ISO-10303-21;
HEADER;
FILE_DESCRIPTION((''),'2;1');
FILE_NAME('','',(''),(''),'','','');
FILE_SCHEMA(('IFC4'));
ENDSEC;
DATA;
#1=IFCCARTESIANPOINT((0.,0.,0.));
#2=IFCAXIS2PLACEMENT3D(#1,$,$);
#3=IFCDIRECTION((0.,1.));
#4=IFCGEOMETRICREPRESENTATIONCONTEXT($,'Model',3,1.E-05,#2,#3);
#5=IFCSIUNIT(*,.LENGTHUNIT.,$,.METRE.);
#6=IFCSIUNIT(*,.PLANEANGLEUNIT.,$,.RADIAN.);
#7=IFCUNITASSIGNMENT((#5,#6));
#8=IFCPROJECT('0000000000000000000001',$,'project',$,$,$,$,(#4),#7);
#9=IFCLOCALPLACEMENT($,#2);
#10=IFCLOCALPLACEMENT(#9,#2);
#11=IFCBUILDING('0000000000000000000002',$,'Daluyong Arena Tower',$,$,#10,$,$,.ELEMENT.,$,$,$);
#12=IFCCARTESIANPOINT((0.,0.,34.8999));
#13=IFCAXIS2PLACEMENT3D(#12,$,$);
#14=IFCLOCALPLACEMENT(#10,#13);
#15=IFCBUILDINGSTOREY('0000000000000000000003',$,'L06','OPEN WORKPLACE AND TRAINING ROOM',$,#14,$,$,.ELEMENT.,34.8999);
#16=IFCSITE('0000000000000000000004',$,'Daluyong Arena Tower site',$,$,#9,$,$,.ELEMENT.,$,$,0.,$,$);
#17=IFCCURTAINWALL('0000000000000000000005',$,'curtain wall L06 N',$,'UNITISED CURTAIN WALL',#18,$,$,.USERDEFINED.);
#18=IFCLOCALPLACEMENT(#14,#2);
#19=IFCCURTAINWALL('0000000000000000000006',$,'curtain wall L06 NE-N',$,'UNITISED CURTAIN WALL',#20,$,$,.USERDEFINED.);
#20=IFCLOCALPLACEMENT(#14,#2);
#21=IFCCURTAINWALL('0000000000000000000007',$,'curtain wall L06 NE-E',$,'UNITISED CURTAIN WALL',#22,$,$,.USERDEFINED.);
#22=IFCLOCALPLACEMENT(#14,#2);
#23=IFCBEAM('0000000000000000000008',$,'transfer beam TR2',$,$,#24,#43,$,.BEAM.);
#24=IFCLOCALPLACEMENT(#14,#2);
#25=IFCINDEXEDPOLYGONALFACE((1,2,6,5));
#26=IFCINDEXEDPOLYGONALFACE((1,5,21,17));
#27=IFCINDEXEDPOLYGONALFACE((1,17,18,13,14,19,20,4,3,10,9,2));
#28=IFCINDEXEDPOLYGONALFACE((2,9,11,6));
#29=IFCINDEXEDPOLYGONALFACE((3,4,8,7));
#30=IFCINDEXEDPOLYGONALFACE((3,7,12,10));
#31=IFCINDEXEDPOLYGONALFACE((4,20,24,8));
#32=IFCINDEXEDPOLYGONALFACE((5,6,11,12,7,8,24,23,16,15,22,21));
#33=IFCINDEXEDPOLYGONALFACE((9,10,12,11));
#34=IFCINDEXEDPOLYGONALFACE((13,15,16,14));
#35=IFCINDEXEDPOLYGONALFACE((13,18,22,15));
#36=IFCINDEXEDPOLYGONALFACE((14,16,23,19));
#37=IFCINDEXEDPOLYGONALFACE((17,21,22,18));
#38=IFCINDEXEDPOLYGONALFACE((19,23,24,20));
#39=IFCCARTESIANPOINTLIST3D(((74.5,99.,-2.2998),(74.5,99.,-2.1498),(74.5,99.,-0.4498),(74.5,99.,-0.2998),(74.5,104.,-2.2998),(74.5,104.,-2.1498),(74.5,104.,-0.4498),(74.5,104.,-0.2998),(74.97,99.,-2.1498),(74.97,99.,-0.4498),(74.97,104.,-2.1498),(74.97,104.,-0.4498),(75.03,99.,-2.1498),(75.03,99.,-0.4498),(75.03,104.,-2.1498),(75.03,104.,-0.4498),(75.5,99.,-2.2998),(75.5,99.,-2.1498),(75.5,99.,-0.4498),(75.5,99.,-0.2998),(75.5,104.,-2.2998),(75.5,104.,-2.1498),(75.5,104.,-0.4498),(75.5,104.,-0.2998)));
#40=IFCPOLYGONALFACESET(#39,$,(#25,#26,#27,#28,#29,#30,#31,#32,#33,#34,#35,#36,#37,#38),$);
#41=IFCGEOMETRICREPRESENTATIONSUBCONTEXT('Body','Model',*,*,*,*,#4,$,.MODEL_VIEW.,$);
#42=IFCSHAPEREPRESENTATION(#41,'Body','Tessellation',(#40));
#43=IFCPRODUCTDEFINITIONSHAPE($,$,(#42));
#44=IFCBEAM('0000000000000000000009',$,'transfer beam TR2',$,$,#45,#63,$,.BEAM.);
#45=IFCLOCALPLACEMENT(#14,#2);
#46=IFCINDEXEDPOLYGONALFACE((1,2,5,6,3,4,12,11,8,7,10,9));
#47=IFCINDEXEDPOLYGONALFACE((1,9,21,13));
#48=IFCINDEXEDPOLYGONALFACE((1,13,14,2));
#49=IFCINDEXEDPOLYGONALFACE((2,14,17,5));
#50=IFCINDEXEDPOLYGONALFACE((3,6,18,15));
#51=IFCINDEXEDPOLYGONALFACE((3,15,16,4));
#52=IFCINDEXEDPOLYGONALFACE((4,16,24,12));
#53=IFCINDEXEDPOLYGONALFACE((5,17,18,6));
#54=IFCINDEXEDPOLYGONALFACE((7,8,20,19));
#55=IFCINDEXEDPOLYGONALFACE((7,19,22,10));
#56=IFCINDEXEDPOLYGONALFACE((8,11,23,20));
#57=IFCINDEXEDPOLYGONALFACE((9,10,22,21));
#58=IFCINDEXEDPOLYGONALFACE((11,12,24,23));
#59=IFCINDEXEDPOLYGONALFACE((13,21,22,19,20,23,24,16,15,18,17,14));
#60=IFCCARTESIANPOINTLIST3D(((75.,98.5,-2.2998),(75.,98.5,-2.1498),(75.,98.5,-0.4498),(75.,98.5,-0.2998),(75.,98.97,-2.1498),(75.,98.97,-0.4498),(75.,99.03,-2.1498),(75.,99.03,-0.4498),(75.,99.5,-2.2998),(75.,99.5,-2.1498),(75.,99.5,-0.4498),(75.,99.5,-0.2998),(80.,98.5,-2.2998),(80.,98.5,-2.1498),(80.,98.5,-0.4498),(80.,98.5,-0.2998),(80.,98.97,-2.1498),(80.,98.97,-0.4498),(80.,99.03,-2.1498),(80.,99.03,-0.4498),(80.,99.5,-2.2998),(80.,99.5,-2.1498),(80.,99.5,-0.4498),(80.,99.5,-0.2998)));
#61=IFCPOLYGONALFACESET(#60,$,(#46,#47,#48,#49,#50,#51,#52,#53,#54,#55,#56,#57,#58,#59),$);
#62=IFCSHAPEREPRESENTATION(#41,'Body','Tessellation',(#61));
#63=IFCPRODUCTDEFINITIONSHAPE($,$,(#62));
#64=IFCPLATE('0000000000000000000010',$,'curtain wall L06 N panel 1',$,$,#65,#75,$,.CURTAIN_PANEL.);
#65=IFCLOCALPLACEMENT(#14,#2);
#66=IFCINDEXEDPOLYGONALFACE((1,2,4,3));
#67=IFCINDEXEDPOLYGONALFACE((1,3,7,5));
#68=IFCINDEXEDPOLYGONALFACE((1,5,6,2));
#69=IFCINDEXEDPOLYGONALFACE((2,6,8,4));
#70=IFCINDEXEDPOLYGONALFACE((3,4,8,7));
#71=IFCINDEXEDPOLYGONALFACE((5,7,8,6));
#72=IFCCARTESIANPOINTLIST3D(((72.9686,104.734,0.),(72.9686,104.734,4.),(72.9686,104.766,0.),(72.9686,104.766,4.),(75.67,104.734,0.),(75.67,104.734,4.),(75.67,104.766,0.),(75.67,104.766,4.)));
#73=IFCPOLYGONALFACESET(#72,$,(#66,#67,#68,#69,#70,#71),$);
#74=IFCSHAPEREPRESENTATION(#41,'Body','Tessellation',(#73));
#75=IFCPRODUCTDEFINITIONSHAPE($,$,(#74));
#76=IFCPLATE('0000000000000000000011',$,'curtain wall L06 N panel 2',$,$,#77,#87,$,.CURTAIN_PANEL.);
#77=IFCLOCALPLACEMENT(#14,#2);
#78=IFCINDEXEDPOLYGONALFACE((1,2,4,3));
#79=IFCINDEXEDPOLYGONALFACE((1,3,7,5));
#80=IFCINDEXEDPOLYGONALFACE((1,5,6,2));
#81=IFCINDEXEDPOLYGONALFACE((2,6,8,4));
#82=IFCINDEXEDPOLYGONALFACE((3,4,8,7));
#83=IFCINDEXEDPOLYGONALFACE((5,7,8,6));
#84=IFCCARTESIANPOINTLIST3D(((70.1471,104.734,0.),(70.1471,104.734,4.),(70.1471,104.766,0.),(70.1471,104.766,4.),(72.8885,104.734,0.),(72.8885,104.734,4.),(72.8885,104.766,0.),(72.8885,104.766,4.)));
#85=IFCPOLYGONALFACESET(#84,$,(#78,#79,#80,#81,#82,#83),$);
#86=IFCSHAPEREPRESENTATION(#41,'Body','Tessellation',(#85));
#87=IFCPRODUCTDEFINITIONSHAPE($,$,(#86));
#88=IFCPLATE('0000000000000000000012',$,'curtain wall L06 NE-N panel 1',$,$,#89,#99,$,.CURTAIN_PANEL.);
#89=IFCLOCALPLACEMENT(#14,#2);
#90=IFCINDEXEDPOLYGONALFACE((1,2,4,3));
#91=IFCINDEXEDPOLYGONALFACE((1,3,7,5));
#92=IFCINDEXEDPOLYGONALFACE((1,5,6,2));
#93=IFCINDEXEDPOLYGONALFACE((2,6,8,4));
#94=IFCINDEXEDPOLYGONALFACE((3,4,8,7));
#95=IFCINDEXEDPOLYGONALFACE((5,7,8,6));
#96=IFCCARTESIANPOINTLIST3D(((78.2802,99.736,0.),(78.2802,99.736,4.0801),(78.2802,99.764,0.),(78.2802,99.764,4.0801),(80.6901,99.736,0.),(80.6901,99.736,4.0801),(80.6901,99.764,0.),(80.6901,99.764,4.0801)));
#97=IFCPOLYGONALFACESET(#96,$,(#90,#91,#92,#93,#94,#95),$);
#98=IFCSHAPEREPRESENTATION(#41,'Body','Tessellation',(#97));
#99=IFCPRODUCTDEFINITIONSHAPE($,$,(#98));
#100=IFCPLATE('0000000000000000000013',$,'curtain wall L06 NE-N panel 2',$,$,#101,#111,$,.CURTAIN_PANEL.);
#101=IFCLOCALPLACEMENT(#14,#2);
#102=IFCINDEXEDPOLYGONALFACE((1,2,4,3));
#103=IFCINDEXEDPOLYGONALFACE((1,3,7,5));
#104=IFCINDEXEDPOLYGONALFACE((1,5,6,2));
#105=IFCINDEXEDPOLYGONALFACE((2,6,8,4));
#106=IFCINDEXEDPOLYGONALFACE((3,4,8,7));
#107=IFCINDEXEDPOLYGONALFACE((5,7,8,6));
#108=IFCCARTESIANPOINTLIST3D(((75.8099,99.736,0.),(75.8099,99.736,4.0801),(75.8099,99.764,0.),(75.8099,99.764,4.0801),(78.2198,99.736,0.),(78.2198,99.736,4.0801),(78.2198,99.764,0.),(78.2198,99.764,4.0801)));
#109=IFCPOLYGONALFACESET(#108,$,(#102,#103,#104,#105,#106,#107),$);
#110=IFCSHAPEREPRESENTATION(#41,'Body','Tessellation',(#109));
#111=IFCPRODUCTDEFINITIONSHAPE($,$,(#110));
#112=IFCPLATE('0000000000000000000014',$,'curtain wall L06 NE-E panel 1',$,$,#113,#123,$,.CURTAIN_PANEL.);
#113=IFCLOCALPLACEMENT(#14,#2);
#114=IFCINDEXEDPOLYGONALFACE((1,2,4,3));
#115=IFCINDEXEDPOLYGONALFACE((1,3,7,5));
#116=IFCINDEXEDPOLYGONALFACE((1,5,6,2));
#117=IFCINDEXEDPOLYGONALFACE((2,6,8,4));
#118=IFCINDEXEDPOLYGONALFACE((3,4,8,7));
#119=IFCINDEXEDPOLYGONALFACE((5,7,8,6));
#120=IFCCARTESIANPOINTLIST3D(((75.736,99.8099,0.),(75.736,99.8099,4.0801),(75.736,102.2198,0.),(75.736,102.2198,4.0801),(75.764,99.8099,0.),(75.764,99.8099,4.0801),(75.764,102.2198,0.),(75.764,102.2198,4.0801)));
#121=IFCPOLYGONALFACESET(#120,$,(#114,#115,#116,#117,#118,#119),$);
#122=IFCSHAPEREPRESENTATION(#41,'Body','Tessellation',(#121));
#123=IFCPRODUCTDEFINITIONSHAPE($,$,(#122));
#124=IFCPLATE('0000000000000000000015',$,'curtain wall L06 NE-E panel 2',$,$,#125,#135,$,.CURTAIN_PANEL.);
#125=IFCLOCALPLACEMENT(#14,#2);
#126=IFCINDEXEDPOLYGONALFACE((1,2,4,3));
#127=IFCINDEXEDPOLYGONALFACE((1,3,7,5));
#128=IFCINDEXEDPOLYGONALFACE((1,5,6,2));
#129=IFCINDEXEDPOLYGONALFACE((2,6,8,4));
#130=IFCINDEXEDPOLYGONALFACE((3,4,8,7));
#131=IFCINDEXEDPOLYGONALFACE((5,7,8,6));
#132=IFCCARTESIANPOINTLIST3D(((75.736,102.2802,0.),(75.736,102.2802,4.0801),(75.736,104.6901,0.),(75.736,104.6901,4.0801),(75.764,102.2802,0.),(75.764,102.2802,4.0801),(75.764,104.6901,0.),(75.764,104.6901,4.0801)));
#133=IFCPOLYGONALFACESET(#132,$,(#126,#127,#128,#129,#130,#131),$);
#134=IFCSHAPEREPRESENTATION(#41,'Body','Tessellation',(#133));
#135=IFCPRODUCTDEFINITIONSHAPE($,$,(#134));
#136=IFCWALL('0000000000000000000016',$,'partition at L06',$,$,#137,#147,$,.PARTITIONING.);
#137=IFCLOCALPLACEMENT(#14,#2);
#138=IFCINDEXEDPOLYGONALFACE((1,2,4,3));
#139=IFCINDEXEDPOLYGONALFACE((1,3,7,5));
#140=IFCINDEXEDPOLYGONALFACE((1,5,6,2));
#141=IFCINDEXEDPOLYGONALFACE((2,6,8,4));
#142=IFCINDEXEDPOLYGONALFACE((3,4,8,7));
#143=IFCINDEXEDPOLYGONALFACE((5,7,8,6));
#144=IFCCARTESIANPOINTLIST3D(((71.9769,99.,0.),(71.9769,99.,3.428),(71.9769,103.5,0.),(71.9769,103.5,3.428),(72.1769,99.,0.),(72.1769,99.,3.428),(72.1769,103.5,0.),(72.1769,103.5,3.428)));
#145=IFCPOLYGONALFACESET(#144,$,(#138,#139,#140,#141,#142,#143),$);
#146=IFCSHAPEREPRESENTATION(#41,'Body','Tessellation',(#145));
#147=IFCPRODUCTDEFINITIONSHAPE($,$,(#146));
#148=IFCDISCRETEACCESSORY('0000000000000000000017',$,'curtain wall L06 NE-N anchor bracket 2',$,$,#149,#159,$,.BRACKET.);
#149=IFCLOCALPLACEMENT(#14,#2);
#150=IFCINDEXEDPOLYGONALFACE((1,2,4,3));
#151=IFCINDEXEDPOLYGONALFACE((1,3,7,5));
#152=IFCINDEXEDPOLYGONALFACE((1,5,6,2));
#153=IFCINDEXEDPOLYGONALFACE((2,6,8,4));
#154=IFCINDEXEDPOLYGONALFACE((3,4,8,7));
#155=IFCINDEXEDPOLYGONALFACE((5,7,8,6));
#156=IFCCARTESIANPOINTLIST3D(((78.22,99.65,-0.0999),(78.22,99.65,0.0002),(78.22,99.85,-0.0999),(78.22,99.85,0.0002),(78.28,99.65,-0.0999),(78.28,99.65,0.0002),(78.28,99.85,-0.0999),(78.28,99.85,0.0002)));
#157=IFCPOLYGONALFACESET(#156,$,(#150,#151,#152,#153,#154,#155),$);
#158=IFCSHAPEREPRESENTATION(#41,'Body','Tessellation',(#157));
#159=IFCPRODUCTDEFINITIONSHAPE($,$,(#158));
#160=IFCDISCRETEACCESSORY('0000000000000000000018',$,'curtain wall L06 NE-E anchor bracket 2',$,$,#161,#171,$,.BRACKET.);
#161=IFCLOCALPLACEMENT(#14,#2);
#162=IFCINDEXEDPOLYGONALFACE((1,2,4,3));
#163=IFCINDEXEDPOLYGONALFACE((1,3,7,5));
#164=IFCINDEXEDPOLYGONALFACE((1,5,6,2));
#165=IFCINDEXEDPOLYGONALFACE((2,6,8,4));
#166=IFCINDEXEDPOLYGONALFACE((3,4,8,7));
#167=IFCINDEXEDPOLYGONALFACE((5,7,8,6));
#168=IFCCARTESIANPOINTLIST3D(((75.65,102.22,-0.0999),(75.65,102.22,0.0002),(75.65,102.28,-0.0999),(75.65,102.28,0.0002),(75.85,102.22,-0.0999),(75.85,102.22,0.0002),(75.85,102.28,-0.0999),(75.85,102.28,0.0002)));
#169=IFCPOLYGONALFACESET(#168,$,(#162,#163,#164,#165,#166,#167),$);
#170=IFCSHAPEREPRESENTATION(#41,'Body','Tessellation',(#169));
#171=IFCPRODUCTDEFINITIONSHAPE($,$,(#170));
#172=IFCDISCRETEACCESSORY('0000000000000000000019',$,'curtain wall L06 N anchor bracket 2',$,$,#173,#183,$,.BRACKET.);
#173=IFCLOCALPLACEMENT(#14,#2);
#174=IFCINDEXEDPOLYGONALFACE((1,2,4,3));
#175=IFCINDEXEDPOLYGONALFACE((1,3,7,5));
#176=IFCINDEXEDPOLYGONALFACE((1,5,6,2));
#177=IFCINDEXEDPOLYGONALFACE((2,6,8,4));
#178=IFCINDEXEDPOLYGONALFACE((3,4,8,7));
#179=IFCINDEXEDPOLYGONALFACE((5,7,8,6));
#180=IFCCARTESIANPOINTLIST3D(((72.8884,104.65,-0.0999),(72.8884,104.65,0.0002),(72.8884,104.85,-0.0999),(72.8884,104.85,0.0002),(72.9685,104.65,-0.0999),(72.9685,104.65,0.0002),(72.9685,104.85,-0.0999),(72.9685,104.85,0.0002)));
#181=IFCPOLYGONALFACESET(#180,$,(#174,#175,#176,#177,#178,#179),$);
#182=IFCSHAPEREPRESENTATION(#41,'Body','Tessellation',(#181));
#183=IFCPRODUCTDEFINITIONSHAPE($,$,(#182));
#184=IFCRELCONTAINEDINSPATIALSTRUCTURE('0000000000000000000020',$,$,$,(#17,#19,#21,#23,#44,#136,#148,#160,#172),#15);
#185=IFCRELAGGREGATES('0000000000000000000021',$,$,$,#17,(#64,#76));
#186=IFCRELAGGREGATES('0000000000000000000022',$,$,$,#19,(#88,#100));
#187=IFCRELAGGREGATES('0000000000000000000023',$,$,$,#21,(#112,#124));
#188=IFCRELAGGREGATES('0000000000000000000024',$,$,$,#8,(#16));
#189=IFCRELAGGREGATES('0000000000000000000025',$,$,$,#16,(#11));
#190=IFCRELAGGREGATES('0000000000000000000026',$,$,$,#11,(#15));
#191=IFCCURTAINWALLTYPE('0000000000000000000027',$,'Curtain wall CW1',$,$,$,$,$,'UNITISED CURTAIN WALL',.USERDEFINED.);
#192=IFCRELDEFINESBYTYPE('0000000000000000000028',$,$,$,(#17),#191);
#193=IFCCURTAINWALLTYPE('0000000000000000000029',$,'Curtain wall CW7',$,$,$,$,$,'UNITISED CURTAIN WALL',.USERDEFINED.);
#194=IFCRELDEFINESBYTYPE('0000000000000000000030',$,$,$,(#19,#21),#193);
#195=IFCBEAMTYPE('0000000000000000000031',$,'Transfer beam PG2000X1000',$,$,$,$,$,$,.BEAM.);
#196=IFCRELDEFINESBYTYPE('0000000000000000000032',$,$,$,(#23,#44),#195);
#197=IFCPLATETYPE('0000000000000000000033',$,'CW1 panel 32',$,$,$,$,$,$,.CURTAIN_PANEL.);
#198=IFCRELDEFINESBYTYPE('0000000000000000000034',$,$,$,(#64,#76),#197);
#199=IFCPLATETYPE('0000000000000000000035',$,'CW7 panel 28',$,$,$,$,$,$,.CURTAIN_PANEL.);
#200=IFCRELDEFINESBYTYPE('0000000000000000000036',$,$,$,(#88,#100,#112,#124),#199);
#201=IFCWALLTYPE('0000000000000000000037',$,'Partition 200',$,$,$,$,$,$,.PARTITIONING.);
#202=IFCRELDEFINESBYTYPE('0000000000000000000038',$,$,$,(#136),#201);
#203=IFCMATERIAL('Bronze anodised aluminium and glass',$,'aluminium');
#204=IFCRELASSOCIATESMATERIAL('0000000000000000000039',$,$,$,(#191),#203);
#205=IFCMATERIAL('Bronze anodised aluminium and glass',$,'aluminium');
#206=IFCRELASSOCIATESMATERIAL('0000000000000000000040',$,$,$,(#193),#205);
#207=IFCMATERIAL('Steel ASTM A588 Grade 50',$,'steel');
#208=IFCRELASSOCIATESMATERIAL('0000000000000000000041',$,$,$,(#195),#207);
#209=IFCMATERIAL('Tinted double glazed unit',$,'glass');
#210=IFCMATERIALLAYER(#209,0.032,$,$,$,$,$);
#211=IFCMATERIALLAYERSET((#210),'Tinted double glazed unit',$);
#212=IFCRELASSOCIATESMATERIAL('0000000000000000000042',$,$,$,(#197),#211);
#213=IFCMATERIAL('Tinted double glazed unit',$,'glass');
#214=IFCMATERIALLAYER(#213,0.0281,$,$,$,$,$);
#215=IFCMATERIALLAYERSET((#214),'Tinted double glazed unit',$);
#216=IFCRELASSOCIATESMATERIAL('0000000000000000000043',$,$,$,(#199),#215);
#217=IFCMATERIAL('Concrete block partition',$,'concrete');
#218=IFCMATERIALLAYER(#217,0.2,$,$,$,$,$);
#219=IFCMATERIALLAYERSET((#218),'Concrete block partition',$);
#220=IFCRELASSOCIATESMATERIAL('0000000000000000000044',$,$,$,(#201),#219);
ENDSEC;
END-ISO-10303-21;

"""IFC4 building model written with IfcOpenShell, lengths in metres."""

from ifc_helpers import new_model, si_unit, direction, frame, frame_2d, origin, origin_2d, place, context, subcontext, project, spatial, rectangle, i_section, extrude, material, layer, layer_set, material_profile, profile_set, type_object, element, aggregate, save


model = new_model("IFC4")

# Units and contexts
model_context = context("Model", 3, precision=1e-05, world=origin(), true_north=direction((0.0, 1.0)))
body_context = subcontext(model_context, "Body", "Model", "MODEL_VIEW")
ifc_project = project(units=[si_unit("LENGTHUNIT", "METRE"), si_unit("PLANEANGLEUNIT", "RADIAN")], contexts=[model_context])

# Site, building, storey
site_placement = place(None, origin())
site = spatial("IfcSite", under=ifc_project, at=site_placement, Name="Daluyong Arena Tower site", CompositionType="ELEMENT", RefElevation=0.0)
building_placement = place(site_placement, origin())
building = spatial("IfcBuilding", under=site, at=building_placement, Name="Daluyong Arena Tower", CompositionType="ELEMENT")
storey_placement = place(building_placement, frame((0.0, 0.0, 34.8999)))
storey = spatial("IfcBuildingStorey", under=building, at=storey_placement, Name="L06", Description="OPEN WORKPLACE AND TRAINING ROOM", CompositionType="ELEMENT", Elevation=34.8999)

# Shared definitions
ifc_material_1 = material(Name="Bronze anodised aluminium and glass", Category="aluminium")
curtain_wall_type_1 = type_object("IfcCurtainWallType", Name="Curtain wall CW1", ElementType="UNITISED CURTAIN WALL", PredefinedType="USERDEFINED", material=ifc_material_1)

# Curtain walls
curtain_wall_1_placement = place(storey_placement, origin())
curtain_wall_1 = element("IfcCurtainWall", 1, at=curtain_wall_1_placement, inside=storey, type_object=curtain_wall_type_1, Name="curtain wall L06 N", ObjectType="UNITISED CURTAIN WALL", PredefinedType="USERDEFINED")
ifc_material_2 = material(Name="Bronze anodised aluminium and glass", Category="aluminium")
curtain_wall_type_2 = type_object("IfcCurtainWallType", Name="Curtain wall CW7", ElementType="UNITISED CURTAIN WALL", PredefinedType="USERDEFINED", material=ifc_material_2)
curtain_wall_2_placement = place(storey_placement, origin())
curtain_wall_2 = element("IfcCurtainWall", 2, at=curtain_wall_2_placement, inside=storey, type_object=curtain_wall_type_2, Name="curtain wall L06 NE-N", ObjectType="UNITISED CURTAIN WALL", PredefinedType="USERDEFINED")
curtain_wall_3_placement = place(storey_placement, origin())
curtain_wall_3 = element("IfcCurtainWall", 3, at=curtain_wall_3_placement, inside=storey, type_object=curtain_wall_type_2, Name="curtain wall L06 NE-E", ObjectType="UNITISED CURTAIN WALL", PredefinedType="USERDEFINED")

# Beams
ifc_material_3 = material(Name="Steel ASTM A588 Grade 50", Category="steel")
ifc_material_profile_1 = material_profile(ifc_material_3, i_section(OverallWidth=1.0, OverallDepth=2.0, WebThickness=0.06, FlangeThickness=0.15, at=origin_2d()))
ifc_profile_set_1 = profile_set([ifc_material_profile_1], Name="Steel ASTM A588 Grade 50")
beam_type_1 = type_object("IfcBeamType", Name="Transfer beam PG2000X1000", PredefinedType="BEAM", material=ifc_profile_set_1)
for number, where, z_axis, x_axis, name in (
    (4, (75.0, 104.0, -1.2998), (0.0, -1.0, 0.0), (1.0, 0.0, 0.0), "transfer beam TR2"),
    (5, (80.0, 99.0, -1.2998), (-1.0, 0.0, 0.0), (0.0, -1.0, 0.0), "transfer beam TR2"),
):
    element("IfcBeam", number, at=place(storey_placement, frame(where, z_axis=z_axis, x_axis=x_axis)), inside=storey, type_object=beam_type_1, Name=name, PredefinedType="BEAM", context=body_context, shape_type="SweptSolid", body=[
        extrude(i_section(OverallWidth=1.0, OverallDepth=2.0, WebThickness=0.06, FlangeThickness=0.15, at=origin_2d()), origin(), (0.0, 0.0, 1.0), 5.0),
    ])

# Plates
ifc_material_4 = material(Name="Tinted double glazed unit", Category="glass")
ifc_layer_1 = layer(ifc_material_4, 0.032)
ifc_layer_set_1 = layer_set([ifc_layer_1], Name="Tinted double glazed unit")
plate_type_1 = type_object("IfcPlateType", Name="CW1 panel 32", PredefinedType="CURTAIN_PANEL", material=ifc_layer_set_1)
plate_1_placement = place(storey_placement, frame((74.3193, 104.75, 0.0), z_axis=(0.0, 0.0, 1.0), x_axis=(-1.0, 0.0, 0.0)))
plate_1 = element("IfcPlate", 6, at=plate_1_placement, type_object=plate_type_1, Name="curtain wall L06 N panel 1", PredefinedType="CURTAIN_PANEL", context=body_context, shape_type="SweptSolid", body=[
    extrude(rectangle(XDim=2.7014, YDim=0.032, at=origin_2d()), origin(), (0.0, 0.0, 1.0), 4.0),
])
plate_2_placement = place(storey_placement, frame((71.5178, 104.75, 0.0), z_axis=(0.0, 0.0, 1.0), x_axis=(-1.0, 0.0, 0.0)))
plate_2 = element("IfcPlate", 7, at=plate_2_placement, type_object=plate_type_1, Name="curtain wall L06 N panel 2", PredefinedType="CURTAIN_PANEL", context=body_context, shape_type="SweptSolid", body=[
    extrude(rectangle(XDim=2.7415, YDim=0.032, at=origin_2d()), origin(), (0.0, 0.0, 1.0), 4.0),
])
aggregate(curtain_wall_1, [plate_1, plate_2])
ifc_material_5 = material(Name="Tinted double glazed unit", Category="glass")
ifc_layer_2 = layer(ifc_material_5, 0.0281)
ifc_layer_set_2 = layer_set([ifc_layer_2], Name="Tinted double glazed unit")
plate_type_2 = type_object("IfcPlateType", Name="CW7 panel 28", PredefinedType="CURTAIN_PANEL", material=ifc_layer_set_2)
plate_3_placement = place(storey_placement, frame((79.4851, 99.75, 0.0), z_axis=(0.0, 0.0, 1.0), x_axis=(-1.0, 0.0, 0.0)))
plate_3 = element("IfcPlate", 8, at=plate_3_placement, type_object=plate_type_2, Name="curtain wall L06 NE-N panel 1", PredefinedType="CURTAIN_PANEL", context=body_context, shape_type="SweptSolid", body=[
    extrude(rectangle(XDim=2.4099, YDim=0.0281, at=origin_2d()), origin(), (0.0, 0.0, 1.0), 4.0801),
])
plate_4_placement = place(storey_placement, frame((77.0149, 99.75, 0.0), z_axis=(0.0, 0.0, 1.0), x_axis=(-1.0, 0.0, 0.0)))
plate_4 = element("IfcPlate", 9, at=plate_4_placement, type_object=plate_type_2, Name="curtain wall L06 NE-N panel 2", PredefinedType="CURTAIN_PANEL", context=body_context, shape_type="SweptSolid", body=[
    extrude(rectangle(XDim=2.4099, YDim=0.0281, at=origin_2d()), origin(), (0.0, 0.0, 1.0), 4.0801),
])
aggregate(curtain_wall_2, [plate_3, plate_4])
plate_5_placement = place(storey_placement, frame((75.75, 101.0149, 0.0), z_axis=(0.0, 0.0, 1.0), x_axis=(0.0, 1.0, 0.0)))
plate_5 = element("IfcPlate", 10, at=plate_5_placement, type_object=plate_type_2, Name="curtain wall L06 NE-E panel 1", PredefinedType="CURTAIN_PANEL", context=body_context, shape_type="SweptSolid", body=[
    extrude(rectangle(XDim=2.4099, YDim=0.0281, at=origin_2d()), origin(), (0.0, 0.0, 1.0), 4.0801),
])
plate_6_placement = place(storey_placement, frame((75.75, 103.4851, 0.0), z_axis=(0.0, 0.0, 1.0), x_axis=(0.0, 1.0, 0.0)))
plate_6 = element("IfcPlate", 11, at=plate_6_placement, type_object=plate_type_2, Name="curtain wall L06 NE-E panel 2", PredefinedType="CURTAIN_PANEL", context=body_context, shape_type="SweptSolid", body=[
    extrude(rectangle(XDim=2.4099, YDim=0.0281, at=origin_2d()), origin(), (0.0, 0.0, 1.0), 4.0801),
])
aggregate(curtain_wall_3, [plate_5, plate_6])

# Wall
ifc_material_6 = material(Name="Concrete block partition", Category="concrete")
ifc_layer_3 = layer(ifc_material_6, 0.2)
ifc_layer_set_3 = layer_set([ifc_layer_3], Name="Concrete block partition")
wall_type = type_object("IfcWallType", Name="Partition 200", PredefinedType="PARTITIONING", material=ifc_layer_set_3)
wall_placement = place(storey_placement, frame((72.0769, 99.0, 0.0), z_axis=(0.0, 0.0, 1.0), x_axis=(0.0, 1.0, 0.0)))
element("IfcWall", 12, at=wall_placement, inside=storey, type_object=wall_type, Name="partition at L06", PredefinedType="PARTITIONING", context=body_context, shape_type="SweptSolid", body=[
    extrude(rectangle(XDim=4.5, YDim=0.2, at=frame_2d((2.25, 0.0))), origin(), (0.0, 0.0, 1.0), 3.428),
])

# Discrete accessories
for number, where, z_axis, x_axis, name in (
    (13, (78.25, 99.75, -0.0999), (0.0, 0.0, 1.0), (-1.0, 0.0, 0.0), "curtain wall L06 NE-N anchor bracket 2"),
    (14, (75.75, 102.25, -0.0999), (0.0, 0.0, 1.0), (0.0, 1.0, 0.0), "curtain wall L06 NE-E anchor bracket 2"),
):
    element("IfcDiscreteAccessory", number, at=place(storey_placement, frame(where, z_axis=z_axis, x_axis=x_axis)), inside=storey, Name=name, PredefinedType="BRACKET", context=body_context, shape_type="SweptSolid", body=[
        extrude(rectangle(XDim=0.0601, YDim=0.2, at=origin_2d()), origin(), (0.0, 0.0, 1.0), 0.1001),
    ])
discrete_accessory_placement = place(storey_placement, frame((72.9285, 104.75, -0.0999), z_axis=(0.0, 0.0, 1.0), x_axis=(-1.0, 0.0, 0.0)))
element("IfcDiscreteAccessory", 15, at=discrete_accessory_placement, inside=storey, Name="curtain wall L06 N anchor bracket 2", PredefinedType="BRACKET", context=body_context, shape_type="SweptSolid", body=[
    extrude(rectangle(XDim=0.0801, YDim=0.2, at=origin_2d()), origin(), (0.0, 0.0, 1.0), 0.1001),
])

save(model, "model.ifc")
